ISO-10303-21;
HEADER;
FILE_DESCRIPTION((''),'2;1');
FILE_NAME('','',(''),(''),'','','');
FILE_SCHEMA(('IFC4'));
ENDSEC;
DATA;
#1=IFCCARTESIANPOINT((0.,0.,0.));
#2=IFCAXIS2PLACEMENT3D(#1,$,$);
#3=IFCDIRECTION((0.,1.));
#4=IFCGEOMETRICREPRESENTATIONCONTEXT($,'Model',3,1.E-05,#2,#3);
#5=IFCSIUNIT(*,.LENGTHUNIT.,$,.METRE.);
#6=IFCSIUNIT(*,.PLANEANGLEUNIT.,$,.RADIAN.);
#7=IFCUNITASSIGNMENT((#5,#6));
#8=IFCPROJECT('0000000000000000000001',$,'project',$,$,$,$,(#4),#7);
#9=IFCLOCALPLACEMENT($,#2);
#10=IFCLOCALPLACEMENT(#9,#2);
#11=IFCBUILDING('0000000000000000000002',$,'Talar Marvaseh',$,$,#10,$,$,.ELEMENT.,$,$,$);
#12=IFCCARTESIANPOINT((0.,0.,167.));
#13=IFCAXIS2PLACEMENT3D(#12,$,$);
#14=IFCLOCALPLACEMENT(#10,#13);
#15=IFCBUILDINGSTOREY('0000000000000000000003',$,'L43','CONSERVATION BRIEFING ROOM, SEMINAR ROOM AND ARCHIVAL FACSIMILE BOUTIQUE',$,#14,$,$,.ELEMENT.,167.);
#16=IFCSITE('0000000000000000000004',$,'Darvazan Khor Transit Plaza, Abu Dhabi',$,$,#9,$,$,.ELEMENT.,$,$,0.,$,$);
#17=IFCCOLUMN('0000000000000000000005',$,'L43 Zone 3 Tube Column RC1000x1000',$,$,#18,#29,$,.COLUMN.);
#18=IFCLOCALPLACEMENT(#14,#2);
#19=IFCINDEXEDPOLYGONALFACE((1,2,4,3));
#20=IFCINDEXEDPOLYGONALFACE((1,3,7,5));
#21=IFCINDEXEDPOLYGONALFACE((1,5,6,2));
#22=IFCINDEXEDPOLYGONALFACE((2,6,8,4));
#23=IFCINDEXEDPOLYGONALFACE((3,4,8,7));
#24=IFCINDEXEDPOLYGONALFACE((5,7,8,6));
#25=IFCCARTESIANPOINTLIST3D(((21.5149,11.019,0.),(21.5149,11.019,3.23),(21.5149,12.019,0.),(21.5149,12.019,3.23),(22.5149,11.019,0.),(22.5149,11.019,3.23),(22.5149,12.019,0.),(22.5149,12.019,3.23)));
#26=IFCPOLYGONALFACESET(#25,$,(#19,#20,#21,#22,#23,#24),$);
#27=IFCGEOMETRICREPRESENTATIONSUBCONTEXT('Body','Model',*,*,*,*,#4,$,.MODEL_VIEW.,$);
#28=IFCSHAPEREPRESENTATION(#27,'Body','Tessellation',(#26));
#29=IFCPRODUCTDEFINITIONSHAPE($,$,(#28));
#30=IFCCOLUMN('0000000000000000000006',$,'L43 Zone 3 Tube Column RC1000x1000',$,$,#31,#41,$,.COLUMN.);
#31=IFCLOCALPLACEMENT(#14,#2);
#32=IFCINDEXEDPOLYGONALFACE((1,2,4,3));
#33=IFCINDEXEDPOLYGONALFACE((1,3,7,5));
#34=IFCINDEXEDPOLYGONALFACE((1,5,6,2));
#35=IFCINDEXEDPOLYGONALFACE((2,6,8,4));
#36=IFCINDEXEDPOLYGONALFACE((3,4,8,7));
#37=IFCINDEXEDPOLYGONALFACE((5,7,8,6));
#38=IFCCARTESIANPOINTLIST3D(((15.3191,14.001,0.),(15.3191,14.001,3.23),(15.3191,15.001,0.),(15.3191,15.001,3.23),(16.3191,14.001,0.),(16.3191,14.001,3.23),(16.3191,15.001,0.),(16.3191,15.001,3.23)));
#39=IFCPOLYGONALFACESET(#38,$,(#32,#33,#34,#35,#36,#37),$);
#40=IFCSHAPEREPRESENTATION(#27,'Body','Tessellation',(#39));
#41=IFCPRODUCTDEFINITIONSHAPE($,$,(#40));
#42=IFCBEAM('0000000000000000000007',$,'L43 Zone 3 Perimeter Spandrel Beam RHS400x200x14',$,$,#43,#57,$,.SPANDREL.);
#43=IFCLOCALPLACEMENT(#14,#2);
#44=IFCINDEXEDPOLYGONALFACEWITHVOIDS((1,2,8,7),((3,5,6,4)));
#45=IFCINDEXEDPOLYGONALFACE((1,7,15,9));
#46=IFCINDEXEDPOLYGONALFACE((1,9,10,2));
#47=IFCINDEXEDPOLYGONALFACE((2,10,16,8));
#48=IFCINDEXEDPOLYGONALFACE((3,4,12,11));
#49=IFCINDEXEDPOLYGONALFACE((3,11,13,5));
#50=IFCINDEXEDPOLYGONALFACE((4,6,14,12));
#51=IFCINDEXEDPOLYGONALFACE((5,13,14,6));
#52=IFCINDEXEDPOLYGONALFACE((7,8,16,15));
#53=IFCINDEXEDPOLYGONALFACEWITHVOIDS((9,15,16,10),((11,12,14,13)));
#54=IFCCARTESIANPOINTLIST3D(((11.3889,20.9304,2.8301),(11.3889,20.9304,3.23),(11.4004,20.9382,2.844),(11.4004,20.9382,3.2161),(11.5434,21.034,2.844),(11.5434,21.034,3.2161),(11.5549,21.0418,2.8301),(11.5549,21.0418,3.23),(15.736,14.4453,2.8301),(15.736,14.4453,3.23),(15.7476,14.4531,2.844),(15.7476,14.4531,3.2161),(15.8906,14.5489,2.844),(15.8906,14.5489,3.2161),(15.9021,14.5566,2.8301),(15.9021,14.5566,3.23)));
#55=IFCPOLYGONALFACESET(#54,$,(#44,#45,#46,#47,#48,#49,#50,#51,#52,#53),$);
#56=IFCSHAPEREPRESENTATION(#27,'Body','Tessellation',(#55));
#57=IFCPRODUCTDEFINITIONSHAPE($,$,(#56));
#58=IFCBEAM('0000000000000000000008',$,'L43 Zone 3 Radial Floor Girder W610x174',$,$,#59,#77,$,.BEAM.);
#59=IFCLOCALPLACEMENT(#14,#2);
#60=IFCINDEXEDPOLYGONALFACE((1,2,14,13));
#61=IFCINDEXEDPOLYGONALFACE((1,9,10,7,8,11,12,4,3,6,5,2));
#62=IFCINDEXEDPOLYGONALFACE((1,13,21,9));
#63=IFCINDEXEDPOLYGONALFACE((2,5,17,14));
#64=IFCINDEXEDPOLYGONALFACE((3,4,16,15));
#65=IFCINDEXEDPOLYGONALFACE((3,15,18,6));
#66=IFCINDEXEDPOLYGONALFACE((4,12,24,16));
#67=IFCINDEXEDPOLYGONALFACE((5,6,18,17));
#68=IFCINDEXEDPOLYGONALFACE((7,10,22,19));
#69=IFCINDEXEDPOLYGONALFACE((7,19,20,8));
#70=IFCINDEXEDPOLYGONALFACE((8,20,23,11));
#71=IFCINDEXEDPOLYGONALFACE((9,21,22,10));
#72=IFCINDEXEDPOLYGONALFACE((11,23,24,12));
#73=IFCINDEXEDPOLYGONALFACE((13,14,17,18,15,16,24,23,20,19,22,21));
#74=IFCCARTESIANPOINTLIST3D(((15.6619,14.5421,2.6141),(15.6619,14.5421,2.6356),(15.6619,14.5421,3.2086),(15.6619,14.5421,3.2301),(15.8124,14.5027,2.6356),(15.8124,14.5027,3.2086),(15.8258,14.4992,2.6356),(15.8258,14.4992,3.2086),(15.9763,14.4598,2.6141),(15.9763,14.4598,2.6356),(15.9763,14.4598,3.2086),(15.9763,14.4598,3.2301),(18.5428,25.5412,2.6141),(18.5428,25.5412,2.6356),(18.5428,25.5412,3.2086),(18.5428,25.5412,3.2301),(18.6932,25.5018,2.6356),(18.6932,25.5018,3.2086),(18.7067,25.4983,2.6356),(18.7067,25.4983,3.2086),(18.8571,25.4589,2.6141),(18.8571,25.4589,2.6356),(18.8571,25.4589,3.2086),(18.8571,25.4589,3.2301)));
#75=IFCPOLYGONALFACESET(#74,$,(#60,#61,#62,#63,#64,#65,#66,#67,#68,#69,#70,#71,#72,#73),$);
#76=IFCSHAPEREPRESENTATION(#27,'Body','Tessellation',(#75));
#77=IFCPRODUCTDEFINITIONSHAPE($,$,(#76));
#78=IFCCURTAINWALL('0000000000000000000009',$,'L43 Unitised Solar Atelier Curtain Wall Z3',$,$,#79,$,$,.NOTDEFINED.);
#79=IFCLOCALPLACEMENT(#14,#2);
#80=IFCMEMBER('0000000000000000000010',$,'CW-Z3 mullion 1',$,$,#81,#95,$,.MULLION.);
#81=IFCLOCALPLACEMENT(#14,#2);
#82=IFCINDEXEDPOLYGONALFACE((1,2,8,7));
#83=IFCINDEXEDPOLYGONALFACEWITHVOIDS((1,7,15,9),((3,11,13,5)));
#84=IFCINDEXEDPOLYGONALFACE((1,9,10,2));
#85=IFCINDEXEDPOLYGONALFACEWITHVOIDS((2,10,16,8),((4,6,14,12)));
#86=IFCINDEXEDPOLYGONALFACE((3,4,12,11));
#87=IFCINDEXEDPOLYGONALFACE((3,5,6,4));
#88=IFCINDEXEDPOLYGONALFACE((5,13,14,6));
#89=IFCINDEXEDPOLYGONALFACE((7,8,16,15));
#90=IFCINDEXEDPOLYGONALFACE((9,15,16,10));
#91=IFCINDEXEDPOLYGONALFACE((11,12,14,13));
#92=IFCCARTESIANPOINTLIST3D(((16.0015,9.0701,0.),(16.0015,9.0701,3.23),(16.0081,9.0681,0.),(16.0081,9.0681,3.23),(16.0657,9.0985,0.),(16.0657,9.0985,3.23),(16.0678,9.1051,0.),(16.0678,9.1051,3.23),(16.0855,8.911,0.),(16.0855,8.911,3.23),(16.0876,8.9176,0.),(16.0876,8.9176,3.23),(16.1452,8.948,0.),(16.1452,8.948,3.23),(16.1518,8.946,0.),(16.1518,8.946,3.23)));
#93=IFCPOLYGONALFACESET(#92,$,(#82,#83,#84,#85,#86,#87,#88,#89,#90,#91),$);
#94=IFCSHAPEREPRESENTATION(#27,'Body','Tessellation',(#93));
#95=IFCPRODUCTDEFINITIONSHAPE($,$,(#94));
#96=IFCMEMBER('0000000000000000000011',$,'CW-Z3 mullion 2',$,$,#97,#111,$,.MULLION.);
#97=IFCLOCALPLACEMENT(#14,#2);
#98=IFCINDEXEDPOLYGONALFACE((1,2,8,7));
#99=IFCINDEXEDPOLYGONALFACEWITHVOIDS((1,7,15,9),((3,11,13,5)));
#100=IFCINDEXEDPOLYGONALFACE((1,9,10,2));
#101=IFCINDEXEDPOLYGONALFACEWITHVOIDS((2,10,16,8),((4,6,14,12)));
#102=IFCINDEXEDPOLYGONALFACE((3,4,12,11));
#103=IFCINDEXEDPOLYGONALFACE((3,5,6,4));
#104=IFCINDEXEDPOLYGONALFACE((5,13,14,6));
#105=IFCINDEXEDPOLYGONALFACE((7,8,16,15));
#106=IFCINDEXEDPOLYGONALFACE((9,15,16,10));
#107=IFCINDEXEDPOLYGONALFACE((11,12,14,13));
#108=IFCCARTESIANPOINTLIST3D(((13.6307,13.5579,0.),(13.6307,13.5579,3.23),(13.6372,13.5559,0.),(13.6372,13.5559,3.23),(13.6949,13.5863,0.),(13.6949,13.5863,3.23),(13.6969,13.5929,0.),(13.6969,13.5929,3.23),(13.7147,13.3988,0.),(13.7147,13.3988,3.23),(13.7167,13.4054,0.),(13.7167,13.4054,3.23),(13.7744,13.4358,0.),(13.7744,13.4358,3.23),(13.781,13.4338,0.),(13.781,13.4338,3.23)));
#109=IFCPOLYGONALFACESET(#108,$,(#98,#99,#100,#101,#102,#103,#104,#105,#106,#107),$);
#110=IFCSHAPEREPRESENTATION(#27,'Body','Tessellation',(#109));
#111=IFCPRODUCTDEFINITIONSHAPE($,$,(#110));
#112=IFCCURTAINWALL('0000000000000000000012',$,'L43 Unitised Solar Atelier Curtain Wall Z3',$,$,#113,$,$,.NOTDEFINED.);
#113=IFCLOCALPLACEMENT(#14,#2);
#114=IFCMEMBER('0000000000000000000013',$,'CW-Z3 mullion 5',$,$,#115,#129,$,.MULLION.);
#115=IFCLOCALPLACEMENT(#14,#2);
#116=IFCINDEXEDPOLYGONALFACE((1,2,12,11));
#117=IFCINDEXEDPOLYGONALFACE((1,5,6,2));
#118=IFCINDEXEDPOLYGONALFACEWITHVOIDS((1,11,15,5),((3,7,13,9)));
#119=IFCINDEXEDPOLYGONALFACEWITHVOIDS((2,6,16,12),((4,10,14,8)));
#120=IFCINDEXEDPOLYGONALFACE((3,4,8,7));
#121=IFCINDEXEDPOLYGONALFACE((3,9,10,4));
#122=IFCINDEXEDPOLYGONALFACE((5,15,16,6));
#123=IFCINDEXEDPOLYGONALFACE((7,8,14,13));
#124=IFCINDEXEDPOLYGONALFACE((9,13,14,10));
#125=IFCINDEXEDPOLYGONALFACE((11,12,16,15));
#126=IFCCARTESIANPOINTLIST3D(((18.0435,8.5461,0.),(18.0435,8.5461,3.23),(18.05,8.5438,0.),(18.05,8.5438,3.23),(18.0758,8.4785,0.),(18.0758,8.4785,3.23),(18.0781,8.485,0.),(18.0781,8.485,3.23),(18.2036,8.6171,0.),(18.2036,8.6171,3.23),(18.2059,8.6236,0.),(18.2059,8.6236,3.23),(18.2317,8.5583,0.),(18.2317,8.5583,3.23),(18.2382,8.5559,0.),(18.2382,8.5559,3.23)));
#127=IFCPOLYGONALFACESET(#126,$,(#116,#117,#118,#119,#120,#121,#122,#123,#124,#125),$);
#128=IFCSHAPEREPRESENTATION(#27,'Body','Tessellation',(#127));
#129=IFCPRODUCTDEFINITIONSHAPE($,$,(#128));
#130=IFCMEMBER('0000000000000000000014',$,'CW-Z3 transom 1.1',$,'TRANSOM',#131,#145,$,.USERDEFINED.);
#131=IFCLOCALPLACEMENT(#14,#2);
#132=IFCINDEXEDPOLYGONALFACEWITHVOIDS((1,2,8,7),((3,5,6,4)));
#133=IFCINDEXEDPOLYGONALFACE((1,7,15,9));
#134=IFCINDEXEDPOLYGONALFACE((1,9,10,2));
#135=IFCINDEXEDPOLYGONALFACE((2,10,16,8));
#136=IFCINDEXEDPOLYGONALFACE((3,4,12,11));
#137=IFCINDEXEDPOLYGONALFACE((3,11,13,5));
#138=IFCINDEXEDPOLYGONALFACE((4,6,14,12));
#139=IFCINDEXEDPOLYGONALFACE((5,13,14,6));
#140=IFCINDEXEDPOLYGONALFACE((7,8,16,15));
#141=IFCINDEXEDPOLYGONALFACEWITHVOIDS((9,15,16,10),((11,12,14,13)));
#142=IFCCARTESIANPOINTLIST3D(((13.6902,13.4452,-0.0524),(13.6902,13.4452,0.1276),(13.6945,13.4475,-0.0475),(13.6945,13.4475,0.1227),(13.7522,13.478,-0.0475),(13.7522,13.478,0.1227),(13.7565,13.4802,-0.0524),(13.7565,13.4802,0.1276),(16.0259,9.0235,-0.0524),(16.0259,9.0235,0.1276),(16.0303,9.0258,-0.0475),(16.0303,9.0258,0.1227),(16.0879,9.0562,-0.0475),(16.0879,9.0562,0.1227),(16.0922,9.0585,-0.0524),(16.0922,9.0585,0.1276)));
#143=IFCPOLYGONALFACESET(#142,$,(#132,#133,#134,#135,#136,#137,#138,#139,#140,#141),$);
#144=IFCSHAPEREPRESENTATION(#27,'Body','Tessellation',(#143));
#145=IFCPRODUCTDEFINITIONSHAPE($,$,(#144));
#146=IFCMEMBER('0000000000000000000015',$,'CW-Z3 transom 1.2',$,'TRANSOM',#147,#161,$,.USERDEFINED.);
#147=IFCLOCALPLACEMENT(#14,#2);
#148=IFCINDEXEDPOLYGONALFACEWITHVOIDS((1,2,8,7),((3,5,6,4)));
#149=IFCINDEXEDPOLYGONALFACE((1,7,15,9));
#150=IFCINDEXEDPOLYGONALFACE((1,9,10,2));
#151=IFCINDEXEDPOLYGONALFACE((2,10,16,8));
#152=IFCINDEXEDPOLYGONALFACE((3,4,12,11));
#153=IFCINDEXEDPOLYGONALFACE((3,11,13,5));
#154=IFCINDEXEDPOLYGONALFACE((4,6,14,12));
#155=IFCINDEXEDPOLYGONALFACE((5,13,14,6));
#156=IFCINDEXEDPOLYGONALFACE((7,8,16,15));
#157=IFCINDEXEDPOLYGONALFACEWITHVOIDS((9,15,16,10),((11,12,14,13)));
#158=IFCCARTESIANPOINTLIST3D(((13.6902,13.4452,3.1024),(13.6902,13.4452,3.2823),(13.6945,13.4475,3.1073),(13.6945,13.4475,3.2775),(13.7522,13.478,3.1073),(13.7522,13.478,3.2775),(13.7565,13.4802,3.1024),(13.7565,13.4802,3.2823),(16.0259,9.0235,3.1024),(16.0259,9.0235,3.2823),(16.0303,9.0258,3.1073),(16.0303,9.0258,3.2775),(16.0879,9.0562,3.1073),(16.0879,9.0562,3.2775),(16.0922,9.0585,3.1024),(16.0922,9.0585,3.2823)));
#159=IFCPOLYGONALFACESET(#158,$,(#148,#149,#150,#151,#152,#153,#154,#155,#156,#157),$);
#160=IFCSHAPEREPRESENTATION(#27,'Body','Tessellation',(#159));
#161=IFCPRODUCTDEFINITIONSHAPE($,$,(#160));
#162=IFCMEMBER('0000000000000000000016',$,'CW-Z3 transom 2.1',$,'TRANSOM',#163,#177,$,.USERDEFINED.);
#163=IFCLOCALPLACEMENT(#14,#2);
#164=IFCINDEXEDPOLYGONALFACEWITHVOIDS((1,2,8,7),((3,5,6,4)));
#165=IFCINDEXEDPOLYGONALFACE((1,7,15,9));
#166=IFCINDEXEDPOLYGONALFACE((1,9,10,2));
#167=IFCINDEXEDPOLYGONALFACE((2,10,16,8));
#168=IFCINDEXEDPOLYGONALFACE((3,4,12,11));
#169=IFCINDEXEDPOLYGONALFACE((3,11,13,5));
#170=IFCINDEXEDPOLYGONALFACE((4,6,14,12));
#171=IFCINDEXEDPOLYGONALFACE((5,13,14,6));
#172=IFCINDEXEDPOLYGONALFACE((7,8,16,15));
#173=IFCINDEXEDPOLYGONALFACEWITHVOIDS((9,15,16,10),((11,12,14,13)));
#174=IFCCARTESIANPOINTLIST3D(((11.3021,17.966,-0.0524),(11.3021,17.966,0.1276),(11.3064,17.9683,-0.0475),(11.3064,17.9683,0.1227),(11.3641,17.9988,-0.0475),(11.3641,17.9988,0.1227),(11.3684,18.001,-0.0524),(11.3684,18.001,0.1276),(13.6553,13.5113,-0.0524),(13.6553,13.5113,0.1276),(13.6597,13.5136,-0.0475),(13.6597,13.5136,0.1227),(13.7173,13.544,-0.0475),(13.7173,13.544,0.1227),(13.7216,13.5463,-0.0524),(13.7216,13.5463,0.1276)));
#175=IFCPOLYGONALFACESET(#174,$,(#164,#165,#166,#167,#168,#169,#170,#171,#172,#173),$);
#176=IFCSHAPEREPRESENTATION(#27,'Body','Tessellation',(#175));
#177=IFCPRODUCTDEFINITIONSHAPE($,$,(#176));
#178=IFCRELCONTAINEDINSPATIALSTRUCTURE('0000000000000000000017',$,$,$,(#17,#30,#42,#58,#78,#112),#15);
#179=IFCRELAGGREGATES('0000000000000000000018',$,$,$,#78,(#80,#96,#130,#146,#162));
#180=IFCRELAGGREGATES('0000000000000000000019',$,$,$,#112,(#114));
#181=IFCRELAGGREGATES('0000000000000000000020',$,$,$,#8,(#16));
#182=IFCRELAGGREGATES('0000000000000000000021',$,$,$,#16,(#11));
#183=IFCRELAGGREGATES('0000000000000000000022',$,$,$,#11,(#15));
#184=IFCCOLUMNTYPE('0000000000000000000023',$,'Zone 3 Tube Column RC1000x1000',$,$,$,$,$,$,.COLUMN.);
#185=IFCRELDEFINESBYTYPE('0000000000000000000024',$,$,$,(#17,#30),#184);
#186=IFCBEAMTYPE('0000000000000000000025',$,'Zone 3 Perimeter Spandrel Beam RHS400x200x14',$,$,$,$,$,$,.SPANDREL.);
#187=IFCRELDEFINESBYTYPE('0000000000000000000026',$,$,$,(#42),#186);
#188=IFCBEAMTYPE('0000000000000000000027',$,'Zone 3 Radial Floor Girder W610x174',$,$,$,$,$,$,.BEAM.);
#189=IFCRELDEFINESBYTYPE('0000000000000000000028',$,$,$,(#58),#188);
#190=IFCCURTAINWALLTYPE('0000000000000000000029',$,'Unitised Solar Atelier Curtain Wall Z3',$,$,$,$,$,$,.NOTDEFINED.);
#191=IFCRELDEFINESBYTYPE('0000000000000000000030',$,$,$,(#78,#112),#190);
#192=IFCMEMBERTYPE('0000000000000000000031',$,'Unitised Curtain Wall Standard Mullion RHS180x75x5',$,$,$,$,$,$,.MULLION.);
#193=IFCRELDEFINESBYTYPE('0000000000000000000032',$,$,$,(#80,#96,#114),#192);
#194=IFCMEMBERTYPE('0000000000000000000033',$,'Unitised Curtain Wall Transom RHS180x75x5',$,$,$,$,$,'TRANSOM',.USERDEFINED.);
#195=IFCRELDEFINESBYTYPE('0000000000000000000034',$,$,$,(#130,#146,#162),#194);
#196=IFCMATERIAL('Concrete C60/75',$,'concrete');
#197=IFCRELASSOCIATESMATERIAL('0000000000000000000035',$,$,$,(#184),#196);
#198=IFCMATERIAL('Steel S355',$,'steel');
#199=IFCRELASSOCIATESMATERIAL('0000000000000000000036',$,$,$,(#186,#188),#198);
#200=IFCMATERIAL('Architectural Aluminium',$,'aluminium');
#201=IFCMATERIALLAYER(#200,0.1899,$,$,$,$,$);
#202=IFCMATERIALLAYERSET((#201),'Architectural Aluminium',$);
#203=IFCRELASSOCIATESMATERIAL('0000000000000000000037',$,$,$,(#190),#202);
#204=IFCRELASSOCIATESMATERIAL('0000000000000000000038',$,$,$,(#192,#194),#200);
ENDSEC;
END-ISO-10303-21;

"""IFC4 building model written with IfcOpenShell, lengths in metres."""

from ifc_helpers import new_model, si_unit, direction, frame, origin, origin_2d, place, context, subcontext, project, spatial, rectangle, hollow_rectangle, i_section, extrude, source, transform, mapped, material, layer, layer_set, material_profile, profile_set, type_object, type_shapes, element, aggregate, save


model = new_model("IFC4")

# Units and contexts
model_context = context("Model", 3, precision=1e-05, world=origin(), true_north=direction((0.0, 1.0)))
body_context = subcontext(model_context, "Body", "Model", "MODEL_VIEW")
ifc_project = project(units=[si_unit("LENGTHUNIT", "METRE"), si_unit("PLANEANGLEUNIT", "RADIAN")], contexts=[model_context])

# Site, building, storey
site_placement = place(None, origin())
site = spatial("IfcSite", under=ifc_project, at=site_placement, Name="Darvazan Khor Transit Plaza, Abu Dhabi", CompositionType="ELEMENT", RefElevation=0.0)
building_placement = place(site_placement, origin())
building = spatial("IfcBuilding", under=site, at=building_placement, Name="Talar Marvaseh", CompositionType="ELEMENT")
storey_placement = place(building_placement, frame((0.0, 0.0, 167.0)))
storey = spatial("IfcBuildingStorey", under=building, at=storey_placement, Name="L43", Description="CONSERVATION BRIEFING ROOM, SEMINAR ROOM AND ARCHIVAL FACSIMILE BOUTIQUE", CompositionType="ELEMENT", Elevation=167.0)

# Columns
ifc_material_1 = material(Name="Concrete C60/75", Category="concrete")
ifc_material_profile_1 = material_profile(ifc_material_1, rectangle(XDim=1.0, YDim=1.0, at=origin_2d()), Name="RC1000x1000")
ifc_profile_set_1 = profile_set([ifc_material_profile_1], Name="Concrete C60/75")
column_type = type_object("IfcColumnType", Name="Zone 3 Tube Column RC1000x1000", PredefinedType="COLUMN", material=ifc_profile_set_1)
for number, where, z_axis, x_axis, name in (
    (1, (22.0149, 11.519, 0.0), (0.0, 0.0, 1.0), (1.0, 0.0, 0.0), "L43 Zone 3 Tube Column RC1000x1000"),
    (2, (15.8191, 14.501, 0.0), (0.0, 0.0, 1.0), (1.0, 0.0, 0.0), "L43 Zone 3 Tube Column RC1000x1000"),
):
    element("IfcColumn", number, at=place(storey_placement, frame(where, z_axis=z_axis, x_axis=x_axis)), inside=storey, type_object=column_type, Name=name, PredefinedType="COLUMN", context=body_context, shape_type="SweptSolid", body=[
        extrude(rectangle(XDim=1.0, YDim=1.0, at=origin_2d()), origin(), (0.0, 0.0, 1.0), 3.23),
    ])

# Beams
ifc_material_2 = material(Name="Steel S355", Category="steel")
ifc_material_profile_2 = material_profile(ifc_material_2, hollow_rectangle(XDim=0.2, YDim=0.3999, WallThickness=0.0139, at=origin_2d()), Name="RHS400x200x14")
ifc_profile_set_2 = profile_set([ifc_material_profile_2], Name="Steel S355")
beam_type_1 = type_object("IfcBeamType", Name="Zone 3 Perimeter Spandrel Beam RHS400x200x14", PredefinedType="SPANDREL", material=ifc_profile_set_2)
beam_1_placement = place(storey_placement, frame((15.8191, 14.501, 3.03), z_axis=(-0.556806, 0.830643, 0.0), x_axis=(-0.830643, -0.556806, 0.0)))
element("IfcBeam", 3, at=beam_1_placement, inside=storey, type_object=beam_type_1, Name="L43 Zone 3 Perimeter Spandrel Beam RHS400x200x14", PredefinedType="SPANDREL", context=body_context, shape_type="SweptSolid", body=[
    extrude(hollow_rectangle(XDim=0.2, YDim=0.3999, WallThickness=0.0139, at=origin_2d()), origin(), (0.0, 0.0, 1.0), 7.8074),
])
ifc_material_profile_3 = material_profile(ifc_material_2, i_section(OverallWidth=0.325, OverallDepth=0.616, WebThickness=0.0139, FlangeThickness=0.0215, at=origin_2d()), Name="W610x174")
ifc_profile_set_3 = profile_set([ifc_material_profile_3], Name="Steel S355")
beam_type_2 = type_object("IfcBeamType", Name="Zone 3 Radial Floor Girder W610x174", PredefinedType="BEAM", material=ifc_profile_set_3)
beam_2_placement = place(storey_placement, frame((15.8191, 14.501, 2.9221), z_axis=(0.253373, 0.967369, 0.0), x_axis=(-0.967369, 0.253373, 0.0)))
element("IfcBeam", 4, at=beam_2_placement, inside=storey, type_object=beam_type_2, Name="L43 Zone 3 Radial Floor Girder W610x174", PredefinedType="BEAM", context=body_context, shape_type="SweptSolid", body=[
    extrude(i_section(OverallWidth=0.325, OverallDepth=0.616, WebThickness=0.0139, FlangeThickness=0.0215, at=origin_2d()), origin(), (0.0, 0.0, 1.0), 11.3701),
])

# Curtain wall, members
ifc_material_3 = material(Name="Architectural Aluminium", Category="aluminium")
ifc_layer_1 = layer(ifc_material_3, 0.1899)
ifc_layer_set_1 = layer_set([ifc_layer_1], Name="Architectural Aluminium")
curtain_wall_type = type_object("IfcCurtainWallType", Name="Unitised Solar Atelier Curtain Wall Z3", PredefinedType="NOTDEFINED", material=ifc_layer_set_1)
curtain_wall_1_placement = place(storey_placement, origin())
curtain_wall_1 = element("IfcCurtainWall", 5, at=curtain_wall_1_placement, inside=storey, type_object=curtain_wall_type, Name="L43 Unitised Solar Atelier Curtain Wall Z3", PredefinedType="NOTDEFINED")
ifc_material_profile_4 = material_profile(ifc_material_3, hollow_rectangle(XDim=0.075, YDim=0.1799, WallThickness=0.0049, at=origin_2d()), Name="RHS180x75x5")
ifc_profile_set_4 = profile_set([ifc_material_profile_4], Name="Architectural Aluminium")
member_type_1 = type_object("IfcMemberType", Name="Unitised Curtain Wall Standard Mullion RHS180x75x5", PredefinedType="MULLION", material=ifc_profile_set_4)
shared_shape_1 = source(origin(), body_context, "Body", "SweptSolid", [
    extrude(hollow_rectangle(XDim=0.075, YDim=0.1799, WallThickness=0.0049, at=origin_2d()), origin(), (0.0, 0.0, 1.0), 3.23),
])
type_shapes(member_type_1, [shared_shape_1])
member_1_placement = place(storey_placement, frame((16.0767, 9.0081, 0.0), z_axis=(0.0, 0.0, 1.0), x_axis=(-0.884204, -0.4671, 0.0)))
member_1 = element("IfcMember", 6, at=member_1_placement, type_object=member_type_1, Name="CW-Z3 mullion 1", PredefinedType="MULLION", context=body_context, shape_type="MappedRepresentation", body=[
    mapped(shared_shape_1, transform((0.0, 0.0, 0.0), x_axis=(1.0, 0.0, 0.0), y_axis=(0.0, 1.0, 0.0), z_axis=(0.0, 0.0, 1.0), scale=1.0)),
])
member_2_placement = place(storey_placement, frame((13.7058, 13.4958, 0.0), z_axis=(0.0, 0.0, 1.0), x_axis=(-0.884204, -0.4671, 0.0)))
member_2 = element("IfcMember", 7, at=member_2_placement, type_object=member_type_1, Name="CW-Z3 mullion 2", PredefinedType="MULLION", context=body_context, shape_type="MappedRepresentation", body=[
    mapped(shared_shape_1, transform((0.0, 0.0, 0.0), x_axis=(1.0, 0.0, 0.0), y_axis=(0.0, 1.0, 0.0), z_axis=(0.0, 0.0, 1.0), scale=1.0)),
])

# Curtain wall, member
curtain_wall_2_placement = place(storey_placement, origin())
curtain_wall_2 = element("IfcCurtainWall", 8, at=curtain_wall_2_placement, inside=storey, type_object=curtain_wall_type, Name="L43 Unitised Solar Atelier Curtain Wall Z3", PredefinedType="NOTDEFINED")
member_3_placement = place(storey_placement, frame((18.1409, 8.551, 0.0), z_axis=(0.0, 0.0, 1.0), x_axis=(0.430651, -0.902519, 0.0)))
member_3 = element("IfcMember", 9, at=member_3_placement, type_object=member_type_1, Name="CW-Z3 mullion 5", PredefinedType="MULLION", context=body_context, shape_type="MappedRepresentation", body=[
    mapped(shared_shape_1, transform((0.0, 0.0, 0.0), x_axis=(1.0, 0.0, 0.0), y_axis=(0.0, 1.0, 0.0), z_axis=(0.0, 0.0, 1.0), scale=1.0)),
])

# Members
ifc_material_profile_5 = material_profile(ifc_material_3, hollow_rectangle(XDim=0.075, YDim=0.1799, WallThickness=0.0049, at=origin_2d()), Name="RHS180x75x5")
ifc_profile_set_5 = profile_set([ifc_material_profile_5], Name="Architectural Aluminium")
member_type_2 = type_object("IfcMemberType", Name="Unitised Curtain Wall Transom RHS180x75x5", ElementType="TRANSOM", PredefinedType="USERDEFINED", material=ifc_profile_set_5)
shared_shape_2 = source(origin(), body_context, "Body", "SweptSolid", [
    extrude(hollow_rectangle(XDim=0.075, YDim=0.1799, WallThickness=0.0049, at=origin_2d()), origin(), (0.0, 0.0, 1.0), 5.0007),
])
member_4_placement = place(storey_placement, frame((16.0591, 9.041, 0.0376), z_axis=(-0.46708, 0.884215, 0.0), x_axis=(-0.884215, -0.46708, 0.0)))
member_4 = element("IfcMember", 10, at=member_4_placement, type_object=member_type_2, Name="CW-Z3 transom 1.1", ObjectType="TRANSOM", PredefinedType="USERDEFINED", context=body_context, shape_type="MappedRepresentation", body=[
    mapped(shared_shape_2, transform((0.0, 0.0, 0.0), x_axis=(1.0, 0.0, 0.0), y_axis=(0.0, 1.0, 0.0), z_axis=(0.0, 0.0, 1.0), scale=1.0)),
])
member_5_placement = place(storey_placement, frame((16.0591, 9.041, 3.1924), z_axis=(-0.46708, 0.884215, 0.0), x_axis=(-0.884215, -0.46708, 0.0)))
member_5 = element("IfcMember", 11, at=member_5_placement, type_object=member_type_2, Name="CW-Z3 transom 1.2", ObjectType="TRANSOM", PredefinedType="USERDEFINED", context=body_context, shape_type="MappedRepresentation", body=[
    mapped(shared_shape_2, transform((0.0, 0.0, 0.0), x_axis=(1.0, 0.0, 0.0), y_axis=(0.0, 1.0, 0.0), z_axis=(0.0, 0.0, 1.0), scale=1.0)),
])
shared_shape_3 = source(origin(), body_context, "Body", "SweptSolid", [
    extrude(hollow_rectangle(XDim=0.075, YDim=0.1799, WallThickness=0.0049, at=origin_2d()), origin(), (0.0, 0.0, 1.0), 5.0381),
])
type_shapes(member_type_2, [shared_shape_2, shared_shape_3])
member_6_placement = place(storey_placement, frame((13.6885, 13.5288, 0.0376), z_axis=(-0.467086, 0.884212, 0.0), x_axis=(-0.884212, -0.467086, 0.0)))
member_6 = element("IfcMember", 12, at=member_6_placement, type_object=member_type_2, Name="CW-Z3 transom 2.1", ObjectType="TRANSOM", PredefinedType="USERDEFINED", context=body_context, shape_type="MappedRepresentation", body=[
    mapped(shared_shape_3, transform((0.0, 0.0, 0.0), x_axis=(1.0, 0.0, 0.0), y_axis=(0.0, 1.0, 0.0), z_axis=(0.0, 0.0, 1.0), scale=1.0)),
])

aggregate(curtain_wall_1, [member_1, member_2, member_4, member_5, member_6])
aggregate(curtain_wall_2, [member_3])

save(model, "model.ifc")
